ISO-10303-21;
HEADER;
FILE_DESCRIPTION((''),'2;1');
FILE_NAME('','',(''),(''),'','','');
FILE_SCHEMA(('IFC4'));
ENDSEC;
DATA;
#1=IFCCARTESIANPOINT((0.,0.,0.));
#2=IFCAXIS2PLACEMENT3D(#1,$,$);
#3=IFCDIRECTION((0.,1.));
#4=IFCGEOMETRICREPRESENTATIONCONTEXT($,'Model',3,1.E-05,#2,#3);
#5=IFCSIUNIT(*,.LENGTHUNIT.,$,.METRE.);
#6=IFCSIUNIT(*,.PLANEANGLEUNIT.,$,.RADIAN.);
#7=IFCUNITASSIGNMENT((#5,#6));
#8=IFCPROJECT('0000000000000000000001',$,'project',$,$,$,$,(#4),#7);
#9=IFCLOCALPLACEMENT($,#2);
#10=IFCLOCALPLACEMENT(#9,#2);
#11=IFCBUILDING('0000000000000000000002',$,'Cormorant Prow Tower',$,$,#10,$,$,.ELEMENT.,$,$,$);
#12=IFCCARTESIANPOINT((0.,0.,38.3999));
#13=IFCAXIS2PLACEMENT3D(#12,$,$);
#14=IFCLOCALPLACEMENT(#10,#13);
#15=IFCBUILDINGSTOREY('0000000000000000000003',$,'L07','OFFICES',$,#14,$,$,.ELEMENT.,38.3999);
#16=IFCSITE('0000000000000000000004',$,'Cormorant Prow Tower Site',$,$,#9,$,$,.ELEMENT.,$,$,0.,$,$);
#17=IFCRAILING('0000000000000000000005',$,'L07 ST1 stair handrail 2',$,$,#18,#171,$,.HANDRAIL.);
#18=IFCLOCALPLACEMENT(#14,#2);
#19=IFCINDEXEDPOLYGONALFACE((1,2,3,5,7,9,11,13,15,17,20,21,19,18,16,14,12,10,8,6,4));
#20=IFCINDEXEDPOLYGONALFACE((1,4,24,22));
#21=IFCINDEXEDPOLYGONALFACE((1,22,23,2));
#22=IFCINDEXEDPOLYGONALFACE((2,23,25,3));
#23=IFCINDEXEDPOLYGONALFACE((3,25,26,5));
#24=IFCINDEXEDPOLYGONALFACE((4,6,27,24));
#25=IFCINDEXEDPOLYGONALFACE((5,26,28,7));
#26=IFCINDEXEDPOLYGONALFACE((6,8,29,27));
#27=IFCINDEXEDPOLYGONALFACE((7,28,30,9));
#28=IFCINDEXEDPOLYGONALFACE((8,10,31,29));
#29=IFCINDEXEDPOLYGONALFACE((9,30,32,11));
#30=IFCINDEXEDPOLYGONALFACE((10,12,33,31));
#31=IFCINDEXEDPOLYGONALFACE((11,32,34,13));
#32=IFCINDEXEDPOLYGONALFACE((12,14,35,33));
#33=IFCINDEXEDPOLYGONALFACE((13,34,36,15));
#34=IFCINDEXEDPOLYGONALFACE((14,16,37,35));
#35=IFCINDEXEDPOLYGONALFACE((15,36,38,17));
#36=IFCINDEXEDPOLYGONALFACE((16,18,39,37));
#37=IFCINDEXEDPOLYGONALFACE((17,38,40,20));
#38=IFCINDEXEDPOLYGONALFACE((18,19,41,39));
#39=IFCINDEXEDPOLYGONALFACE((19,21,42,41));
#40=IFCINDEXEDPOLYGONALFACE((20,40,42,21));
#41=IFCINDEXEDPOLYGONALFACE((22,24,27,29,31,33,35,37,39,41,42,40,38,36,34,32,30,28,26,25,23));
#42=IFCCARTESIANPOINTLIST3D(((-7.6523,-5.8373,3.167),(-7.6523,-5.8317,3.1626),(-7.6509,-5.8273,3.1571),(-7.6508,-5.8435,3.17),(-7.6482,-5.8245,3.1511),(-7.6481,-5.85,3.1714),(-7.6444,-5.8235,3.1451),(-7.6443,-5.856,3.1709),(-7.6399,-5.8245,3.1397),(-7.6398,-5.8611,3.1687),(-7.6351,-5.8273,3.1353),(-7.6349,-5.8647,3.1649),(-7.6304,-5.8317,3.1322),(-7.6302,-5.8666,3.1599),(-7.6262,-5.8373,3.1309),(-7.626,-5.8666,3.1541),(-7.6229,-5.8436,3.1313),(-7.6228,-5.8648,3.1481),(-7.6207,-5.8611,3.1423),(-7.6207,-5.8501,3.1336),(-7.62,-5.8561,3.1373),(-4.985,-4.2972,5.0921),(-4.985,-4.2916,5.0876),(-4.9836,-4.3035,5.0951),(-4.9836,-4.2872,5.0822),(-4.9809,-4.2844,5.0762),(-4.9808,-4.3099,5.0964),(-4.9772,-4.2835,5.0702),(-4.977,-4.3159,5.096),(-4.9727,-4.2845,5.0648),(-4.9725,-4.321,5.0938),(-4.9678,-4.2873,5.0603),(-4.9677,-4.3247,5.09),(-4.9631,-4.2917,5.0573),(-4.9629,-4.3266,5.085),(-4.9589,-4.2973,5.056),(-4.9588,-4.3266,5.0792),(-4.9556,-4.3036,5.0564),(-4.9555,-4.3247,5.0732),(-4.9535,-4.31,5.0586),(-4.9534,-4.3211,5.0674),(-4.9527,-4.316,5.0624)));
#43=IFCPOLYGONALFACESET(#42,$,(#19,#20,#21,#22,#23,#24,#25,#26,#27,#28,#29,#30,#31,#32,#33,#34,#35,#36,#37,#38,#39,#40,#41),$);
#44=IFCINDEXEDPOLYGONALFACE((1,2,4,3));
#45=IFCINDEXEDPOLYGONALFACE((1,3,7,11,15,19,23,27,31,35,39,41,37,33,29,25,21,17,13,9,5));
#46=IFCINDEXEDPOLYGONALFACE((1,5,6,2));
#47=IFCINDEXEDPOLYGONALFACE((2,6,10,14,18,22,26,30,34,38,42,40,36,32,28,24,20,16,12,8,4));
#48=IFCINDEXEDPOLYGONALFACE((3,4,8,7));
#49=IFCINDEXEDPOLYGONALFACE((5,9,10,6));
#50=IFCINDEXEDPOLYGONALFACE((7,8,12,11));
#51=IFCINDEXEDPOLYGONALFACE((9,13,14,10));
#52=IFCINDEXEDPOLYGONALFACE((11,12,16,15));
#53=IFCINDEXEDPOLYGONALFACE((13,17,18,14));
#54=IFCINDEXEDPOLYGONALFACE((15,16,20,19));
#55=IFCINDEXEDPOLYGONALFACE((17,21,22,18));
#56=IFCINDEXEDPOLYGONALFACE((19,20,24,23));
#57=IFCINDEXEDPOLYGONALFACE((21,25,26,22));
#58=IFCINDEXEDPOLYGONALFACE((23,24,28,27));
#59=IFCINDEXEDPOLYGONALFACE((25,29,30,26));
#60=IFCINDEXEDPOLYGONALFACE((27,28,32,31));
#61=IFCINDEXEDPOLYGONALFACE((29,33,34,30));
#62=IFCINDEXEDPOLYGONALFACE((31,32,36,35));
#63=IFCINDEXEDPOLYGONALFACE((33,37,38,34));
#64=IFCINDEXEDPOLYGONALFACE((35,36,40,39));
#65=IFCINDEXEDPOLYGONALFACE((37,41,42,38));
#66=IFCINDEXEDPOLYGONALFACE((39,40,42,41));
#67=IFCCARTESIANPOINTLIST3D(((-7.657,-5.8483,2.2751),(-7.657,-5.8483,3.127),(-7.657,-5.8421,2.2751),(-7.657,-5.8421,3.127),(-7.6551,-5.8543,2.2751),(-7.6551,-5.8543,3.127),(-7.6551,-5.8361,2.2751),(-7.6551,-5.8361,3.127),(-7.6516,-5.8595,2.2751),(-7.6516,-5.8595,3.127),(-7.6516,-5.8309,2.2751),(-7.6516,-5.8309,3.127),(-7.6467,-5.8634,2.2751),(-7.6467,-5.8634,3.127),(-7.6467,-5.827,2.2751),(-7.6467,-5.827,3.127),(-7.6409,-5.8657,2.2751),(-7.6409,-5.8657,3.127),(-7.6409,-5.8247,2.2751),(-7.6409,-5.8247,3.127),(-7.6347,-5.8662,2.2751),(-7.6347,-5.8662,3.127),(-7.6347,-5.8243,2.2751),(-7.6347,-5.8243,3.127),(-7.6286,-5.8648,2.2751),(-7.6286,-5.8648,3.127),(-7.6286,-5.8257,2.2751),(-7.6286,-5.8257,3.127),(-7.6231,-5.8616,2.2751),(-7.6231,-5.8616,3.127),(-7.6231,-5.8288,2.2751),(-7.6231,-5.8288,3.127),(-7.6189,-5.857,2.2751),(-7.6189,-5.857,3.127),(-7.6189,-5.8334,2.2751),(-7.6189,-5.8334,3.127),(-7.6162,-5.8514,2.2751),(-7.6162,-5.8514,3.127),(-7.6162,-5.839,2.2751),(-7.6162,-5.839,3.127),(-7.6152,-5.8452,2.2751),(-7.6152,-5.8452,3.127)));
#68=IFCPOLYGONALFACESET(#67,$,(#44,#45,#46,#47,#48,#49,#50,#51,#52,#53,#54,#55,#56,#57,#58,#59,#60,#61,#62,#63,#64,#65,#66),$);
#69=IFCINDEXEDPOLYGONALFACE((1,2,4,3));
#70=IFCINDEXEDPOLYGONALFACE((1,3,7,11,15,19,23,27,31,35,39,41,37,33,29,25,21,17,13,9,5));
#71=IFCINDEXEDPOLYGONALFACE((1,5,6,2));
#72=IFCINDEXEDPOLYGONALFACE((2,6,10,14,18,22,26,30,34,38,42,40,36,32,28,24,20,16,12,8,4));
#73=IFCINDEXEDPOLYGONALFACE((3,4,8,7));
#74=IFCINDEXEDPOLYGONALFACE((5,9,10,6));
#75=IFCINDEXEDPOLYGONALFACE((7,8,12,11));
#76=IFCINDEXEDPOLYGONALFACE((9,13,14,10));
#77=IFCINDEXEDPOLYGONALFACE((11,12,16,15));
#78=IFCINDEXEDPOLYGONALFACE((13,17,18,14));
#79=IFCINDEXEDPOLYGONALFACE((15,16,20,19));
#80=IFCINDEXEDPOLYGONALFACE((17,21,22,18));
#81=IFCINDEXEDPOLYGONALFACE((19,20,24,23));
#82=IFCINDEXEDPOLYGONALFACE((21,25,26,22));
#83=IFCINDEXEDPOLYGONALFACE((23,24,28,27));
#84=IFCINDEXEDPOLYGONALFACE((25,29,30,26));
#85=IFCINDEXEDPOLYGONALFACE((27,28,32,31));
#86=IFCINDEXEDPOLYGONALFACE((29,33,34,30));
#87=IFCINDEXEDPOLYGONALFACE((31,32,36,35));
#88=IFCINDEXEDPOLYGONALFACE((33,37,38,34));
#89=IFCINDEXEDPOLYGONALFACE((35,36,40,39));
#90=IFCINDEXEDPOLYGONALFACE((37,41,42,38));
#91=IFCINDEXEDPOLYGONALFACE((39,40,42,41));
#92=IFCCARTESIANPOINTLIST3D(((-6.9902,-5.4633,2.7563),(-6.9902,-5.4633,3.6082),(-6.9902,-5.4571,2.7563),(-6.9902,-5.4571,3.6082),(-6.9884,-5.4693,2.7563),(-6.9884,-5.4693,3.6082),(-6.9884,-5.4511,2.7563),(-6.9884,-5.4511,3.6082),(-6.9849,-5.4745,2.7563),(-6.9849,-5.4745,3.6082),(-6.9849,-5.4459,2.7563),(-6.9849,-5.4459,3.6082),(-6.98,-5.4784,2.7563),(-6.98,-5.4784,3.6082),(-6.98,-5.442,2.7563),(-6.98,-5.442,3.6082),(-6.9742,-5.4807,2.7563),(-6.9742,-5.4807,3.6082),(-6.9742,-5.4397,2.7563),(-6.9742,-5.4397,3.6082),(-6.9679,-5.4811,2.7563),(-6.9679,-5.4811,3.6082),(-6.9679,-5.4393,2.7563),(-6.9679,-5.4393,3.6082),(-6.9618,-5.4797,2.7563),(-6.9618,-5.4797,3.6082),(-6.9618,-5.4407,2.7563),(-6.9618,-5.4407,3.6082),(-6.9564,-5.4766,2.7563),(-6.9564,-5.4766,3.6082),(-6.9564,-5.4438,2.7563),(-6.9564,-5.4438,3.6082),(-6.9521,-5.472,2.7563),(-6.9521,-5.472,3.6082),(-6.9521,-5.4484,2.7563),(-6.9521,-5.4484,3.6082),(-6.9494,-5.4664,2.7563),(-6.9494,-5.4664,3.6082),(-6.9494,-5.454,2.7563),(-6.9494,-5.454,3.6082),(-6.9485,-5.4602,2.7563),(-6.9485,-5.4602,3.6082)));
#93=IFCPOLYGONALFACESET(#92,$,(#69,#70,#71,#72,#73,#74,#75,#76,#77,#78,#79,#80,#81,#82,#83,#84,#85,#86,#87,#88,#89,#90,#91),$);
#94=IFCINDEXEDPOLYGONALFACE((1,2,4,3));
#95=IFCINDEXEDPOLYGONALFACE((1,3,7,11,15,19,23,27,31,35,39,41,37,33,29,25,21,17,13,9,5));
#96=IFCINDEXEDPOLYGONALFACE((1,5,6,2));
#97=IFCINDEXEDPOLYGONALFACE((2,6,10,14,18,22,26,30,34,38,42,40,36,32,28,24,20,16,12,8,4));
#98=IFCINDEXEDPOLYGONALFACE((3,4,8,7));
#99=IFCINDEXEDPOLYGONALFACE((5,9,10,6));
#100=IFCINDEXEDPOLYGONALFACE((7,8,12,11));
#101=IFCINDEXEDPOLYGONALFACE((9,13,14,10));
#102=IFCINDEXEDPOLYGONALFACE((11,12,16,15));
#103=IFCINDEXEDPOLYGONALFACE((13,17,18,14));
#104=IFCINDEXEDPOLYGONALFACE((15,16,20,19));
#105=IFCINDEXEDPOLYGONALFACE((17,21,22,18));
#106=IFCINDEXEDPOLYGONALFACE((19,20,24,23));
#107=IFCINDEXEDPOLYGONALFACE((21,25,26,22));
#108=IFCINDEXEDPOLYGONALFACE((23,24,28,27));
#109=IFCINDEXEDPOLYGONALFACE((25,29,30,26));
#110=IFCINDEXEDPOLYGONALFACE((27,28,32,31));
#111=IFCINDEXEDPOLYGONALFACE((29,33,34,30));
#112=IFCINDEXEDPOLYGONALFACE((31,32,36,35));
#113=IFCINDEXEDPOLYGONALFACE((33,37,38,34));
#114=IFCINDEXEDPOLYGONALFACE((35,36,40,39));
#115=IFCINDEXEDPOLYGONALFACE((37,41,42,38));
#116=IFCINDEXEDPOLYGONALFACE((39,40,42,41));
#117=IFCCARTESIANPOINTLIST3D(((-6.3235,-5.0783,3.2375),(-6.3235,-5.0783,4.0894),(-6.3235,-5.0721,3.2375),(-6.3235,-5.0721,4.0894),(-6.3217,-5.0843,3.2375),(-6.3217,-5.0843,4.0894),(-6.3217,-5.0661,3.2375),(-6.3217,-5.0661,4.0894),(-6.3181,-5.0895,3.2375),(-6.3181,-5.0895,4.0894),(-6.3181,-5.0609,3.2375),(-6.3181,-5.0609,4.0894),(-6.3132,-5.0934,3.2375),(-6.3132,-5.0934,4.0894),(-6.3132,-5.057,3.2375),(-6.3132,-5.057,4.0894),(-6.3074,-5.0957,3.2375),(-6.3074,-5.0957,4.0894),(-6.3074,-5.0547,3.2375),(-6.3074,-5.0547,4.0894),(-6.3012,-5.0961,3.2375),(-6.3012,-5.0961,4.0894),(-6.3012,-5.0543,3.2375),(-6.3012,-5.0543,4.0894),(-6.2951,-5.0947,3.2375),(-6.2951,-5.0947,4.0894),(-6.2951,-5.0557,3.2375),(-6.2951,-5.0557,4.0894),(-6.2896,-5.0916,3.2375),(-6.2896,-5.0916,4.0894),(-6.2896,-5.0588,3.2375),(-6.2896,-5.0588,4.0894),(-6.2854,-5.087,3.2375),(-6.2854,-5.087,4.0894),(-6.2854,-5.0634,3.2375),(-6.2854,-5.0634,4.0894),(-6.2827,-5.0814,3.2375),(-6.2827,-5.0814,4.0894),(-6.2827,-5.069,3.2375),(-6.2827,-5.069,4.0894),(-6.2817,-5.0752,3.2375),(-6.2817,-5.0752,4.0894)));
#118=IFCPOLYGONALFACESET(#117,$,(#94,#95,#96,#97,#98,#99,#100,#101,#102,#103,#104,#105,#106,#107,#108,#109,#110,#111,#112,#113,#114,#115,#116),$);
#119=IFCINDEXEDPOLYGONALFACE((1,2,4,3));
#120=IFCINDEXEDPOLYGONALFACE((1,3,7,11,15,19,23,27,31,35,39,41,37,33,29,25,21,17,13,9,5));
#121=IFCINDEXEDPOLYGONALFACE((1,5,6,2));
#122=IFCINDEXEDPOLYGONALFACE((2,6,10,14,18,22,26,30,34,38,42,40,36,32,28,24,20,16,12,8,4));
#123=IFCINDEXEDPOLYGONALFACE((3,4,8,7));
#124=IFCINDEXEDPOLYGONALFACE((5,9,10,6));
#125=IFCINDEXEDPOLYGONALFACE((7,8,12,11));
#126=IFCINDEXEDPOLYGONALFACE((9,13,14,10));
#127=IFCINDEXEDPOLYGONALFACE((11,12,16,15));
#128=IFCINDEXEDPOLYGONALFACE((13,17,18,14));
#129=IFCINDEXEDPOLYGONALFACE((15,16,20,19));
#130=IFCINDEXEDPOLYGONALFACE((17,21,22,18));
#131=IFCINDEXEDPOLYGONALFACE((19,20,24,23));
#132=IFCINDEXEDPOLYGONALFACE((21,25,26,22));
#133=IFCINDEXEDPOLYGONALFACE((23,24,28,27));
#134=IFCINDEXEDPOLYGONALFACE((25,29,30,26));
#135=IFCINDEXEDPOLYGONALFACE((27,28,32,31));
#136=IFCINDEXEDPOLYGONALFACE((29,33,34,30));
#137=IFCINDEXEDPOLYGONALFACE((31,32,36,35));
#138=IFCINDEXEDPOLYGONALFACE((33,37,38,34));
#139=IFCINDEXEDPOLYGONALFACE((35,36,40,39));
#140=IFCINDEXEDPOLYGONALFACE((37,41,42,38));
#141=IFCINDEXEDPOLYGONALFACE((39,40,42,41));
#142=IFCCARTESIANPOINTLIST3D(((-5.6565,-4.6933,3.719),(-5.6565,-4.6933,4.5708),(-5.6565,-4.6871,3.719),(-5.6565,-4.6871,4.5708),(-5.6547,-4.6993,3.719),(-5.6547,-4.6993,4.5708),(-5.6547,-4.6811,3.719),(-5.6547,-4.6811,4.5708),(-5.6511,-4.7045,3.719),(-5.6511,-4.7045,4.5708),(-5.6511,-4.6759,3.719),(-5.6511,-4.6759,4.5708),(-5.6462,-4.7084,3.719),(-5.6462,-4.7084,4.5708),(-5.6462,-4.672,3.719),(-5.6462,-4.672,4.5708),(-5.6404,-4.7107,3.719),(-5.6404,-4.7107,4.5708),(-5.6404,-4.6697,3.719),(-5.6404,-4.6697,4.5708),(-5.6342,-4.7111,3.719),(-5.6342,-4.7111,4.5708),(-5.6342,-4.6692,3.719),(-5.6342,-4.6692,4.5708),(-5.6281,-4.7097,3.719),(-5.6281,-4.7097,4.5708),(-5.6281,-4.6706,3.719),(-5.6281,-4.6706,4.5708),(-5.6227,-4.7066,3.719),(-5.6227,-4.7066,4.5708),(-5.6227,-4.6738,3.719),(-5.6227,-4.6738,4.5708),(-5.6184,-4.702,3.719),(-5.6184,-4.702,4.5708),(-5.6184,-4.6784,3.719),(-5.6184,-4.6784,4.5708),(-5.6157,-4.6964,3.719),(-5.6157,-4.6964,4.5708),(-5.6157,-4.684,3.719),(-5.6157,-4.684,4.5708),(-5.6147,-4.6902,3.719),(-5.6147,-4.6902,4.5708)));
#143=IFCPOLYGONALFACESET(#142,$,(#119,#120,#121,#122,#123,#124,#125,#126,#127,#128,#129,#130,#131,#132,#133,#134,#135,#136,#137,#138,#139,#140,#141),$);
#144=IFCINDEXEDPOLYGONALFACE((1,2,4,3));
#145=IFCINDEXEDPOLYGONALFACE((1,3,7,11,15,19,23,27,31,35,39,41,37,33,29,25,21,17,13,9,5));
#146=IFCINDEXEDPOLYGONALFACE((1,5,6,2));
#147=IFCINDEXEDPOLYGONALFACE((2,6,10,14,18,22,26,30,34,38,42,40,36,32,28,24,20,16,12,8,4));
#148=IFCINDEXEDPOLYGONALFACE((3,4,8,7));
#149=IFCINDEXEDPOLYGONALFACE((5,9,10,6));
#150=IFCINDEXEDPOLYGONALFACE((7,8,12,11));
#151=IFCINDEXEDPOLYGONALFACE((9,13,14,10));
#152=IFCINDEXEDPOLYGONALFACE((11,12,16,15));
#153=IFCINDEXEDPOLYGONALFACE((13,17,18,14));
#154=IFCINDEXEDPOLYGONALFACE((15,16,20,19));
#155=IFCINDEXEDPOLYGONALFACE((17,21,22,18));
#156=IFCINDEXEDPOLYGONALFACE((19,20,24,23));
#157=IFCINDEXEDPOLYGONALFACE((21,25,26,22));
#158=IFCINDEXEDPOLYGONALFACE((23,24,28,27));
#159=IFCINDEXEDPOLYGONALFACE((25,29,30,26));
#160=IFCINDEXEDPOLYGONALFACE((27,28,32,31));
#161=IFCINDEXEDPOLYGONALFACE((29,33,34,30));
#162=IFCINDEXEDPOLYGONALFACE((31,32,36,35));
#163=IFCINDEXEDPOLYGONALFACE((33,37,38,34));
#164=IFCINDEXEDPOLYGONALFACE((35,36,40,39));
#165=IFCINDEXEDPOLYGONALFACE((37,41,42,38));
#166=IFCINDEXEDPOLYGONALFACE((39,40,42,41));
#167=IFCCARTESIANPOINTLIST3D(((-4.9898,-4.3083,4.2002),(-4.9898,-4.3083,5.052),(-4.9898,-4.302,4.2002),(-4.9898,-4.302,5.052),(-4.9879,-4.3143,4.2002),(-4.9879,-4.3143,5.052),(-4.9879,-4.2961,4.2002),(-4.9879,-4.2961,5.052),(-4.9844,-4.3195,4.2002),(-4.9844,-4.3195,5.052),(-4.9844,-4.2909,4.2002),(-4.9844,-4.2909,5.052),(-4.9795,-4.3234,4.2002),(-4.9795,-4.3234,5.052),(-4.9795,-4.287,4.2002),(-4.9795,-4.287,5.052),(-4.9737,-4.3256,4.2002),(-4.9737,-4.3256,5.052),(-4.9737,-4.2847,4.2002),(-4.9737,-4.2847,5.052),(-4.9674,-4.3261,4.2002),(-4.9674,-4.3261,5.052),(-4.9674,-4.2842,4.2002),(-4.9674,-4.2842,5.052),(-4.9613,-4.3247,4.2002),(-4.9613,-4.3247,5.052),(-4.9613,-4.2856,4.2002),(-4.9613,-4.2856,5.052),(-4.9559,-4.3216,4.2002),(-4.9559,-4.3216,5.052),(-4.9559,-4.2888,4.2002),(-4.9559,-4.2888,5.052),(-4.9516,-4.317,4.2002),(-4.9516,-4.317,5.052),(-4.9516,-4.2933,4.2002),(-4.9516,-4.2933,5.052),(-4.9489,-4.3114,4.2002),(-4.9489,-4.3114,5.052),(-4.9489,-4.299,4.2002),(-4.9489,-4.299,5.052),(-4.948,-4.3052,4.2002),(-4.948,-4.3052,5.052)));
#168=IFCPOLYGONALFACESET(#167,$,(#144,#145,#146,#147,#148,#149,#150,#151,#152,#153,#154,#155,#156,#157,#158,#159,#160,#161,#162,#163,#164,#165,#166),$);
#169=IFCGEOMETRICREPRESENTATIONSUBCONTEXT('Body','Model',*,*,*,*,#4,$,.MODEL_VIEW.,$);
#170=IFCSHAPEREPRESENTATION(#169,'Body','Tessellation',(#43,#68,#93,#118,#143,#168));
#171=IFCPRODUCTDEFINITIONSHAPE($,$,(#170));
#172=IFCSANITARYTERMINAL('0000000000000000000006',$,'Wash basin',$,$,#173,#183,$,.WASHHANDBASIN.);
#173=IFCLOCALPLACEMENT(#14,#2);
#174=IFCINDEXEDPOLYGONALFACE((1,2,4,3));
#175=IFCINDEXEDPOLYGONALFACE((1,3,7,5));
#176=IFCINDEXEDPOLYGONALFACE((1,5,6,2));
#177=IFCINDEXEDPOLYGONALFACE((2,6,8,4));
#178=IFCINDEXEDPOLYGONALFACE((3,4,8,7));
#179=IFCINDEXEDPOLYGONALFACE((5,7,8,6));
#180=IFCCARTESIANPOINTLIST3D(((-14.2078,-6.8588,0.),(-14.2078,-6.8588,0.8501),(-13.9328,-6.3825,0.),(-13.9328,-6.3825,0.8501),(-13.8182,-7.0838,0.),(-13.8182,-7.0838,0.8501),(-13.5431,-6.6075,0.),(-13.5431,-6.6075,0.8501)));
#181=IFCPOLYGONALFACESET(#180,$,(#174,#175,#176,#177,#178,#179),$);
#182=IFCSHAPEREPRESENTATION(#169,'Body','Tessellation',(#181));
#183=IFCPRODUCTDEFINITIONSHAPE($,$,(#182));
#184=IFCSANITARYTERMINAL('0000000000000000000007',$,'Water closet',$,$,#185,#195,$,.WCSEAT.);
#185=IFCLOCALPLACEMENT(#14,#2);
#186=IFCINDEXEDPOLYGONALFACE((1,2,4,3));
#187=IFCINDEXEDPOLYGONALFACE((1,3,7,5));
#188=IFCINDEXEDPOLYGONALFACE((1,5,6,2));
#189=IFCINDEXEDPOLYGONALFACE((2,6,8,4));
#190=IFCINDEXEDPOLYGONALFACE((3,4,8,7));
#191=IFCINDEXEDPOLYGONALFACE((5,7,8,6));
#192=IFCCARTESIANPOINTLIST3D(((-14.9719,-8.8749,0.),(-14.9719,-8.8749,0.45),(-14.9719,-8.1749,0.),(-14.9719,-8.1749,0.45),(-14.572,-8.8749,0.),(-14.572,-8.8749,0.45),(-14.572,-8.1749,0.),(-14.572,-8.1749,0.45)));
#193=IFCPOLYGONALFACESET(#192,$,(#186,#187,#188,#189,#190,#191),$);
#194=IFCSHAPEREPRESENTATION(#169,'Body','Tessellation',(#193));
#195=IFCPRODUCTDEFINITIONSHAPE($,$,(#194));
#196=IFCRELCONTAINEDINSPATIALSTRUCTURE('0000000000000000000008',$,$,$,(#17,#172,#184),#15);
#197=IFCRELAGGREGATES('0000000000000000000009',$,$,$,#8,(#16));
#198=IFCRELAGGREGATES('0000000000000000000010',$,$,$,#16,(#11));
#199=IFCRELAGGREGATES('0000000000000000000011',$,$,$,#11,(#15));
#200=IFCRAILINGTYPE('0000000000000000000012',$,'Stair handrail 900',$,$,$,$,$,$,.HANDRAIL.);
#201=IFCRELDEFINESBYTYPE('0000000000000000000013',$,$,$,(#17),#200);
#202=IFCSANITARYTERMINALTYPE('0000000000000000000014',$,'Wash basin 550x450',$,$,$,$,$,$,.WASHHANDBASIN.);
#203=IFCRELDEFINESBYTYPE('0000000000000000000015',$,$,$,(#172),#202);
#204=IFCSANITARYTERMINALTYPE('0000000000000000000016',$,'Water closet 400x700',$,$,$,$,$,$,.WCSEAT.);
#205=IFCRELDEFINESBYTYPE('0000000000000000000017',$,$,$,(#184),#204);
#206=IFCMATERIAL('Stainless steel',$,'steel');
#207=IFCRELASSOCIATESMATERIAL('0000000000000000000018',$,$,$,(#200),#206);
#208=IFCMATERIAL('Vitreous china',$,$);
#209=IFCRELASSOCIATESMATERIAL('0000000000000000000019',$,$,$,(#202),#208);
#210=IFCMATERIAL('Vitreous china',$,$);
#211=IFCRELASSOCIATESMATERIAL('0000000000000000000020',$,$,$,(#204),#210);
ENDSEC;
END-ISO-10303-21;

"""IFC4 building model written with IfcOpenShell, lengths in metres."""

from ifc_helpers import new_model, si_unit, direction, frame, origin, origin_2d, place, context, subcontext, project, spatial, rectangle, circle, extrude, material, type_object, element, save


model = new_model("IFC4")

# Units and contexts
model_context = context("Model", 3, precision=1e-05, world=origin(), true_north=direction((0.0, 1.0)))
body_context = subcontext(model_context, "Body", "Model", "MODEL_VIEW")
ifc_project = project(units=[si_unit("LENGTHUNIT", "METRE"), si_unit("PLANEANGLEUNIT", "RADIAN")], contexts=[model_context])

# Site, building, storey
site_placement = place(None, origin())
site = spatial("IfcSite", under=ifc_project, at=site_placement, Name="Cormorant Prow Tower Site", CompositionType="ELEMENT", RefElevation=0.0)
building_placement = place(site_placement, origin())
building = spatial("IfcBuilding", under=site, at=building_placement, Name="Cormorant Prow Tower", CompositionType="ELEMENT")
storey_placement = place(building_placement, frame((0.0, 0.0, 38.3999)))
storey = spatial("IfcBuildingStorey", under=building, at=storey_placement, Name="L07", Description="OFFICES", CompositionType="ELEMENT", Elevation=38.3999)

# Railing
ifc_material_1 = material(Name="Stainless steel", Category="steel")
railing_type_1 = type_object("IfcRailingType", Name="Stair handrail 900", PredefinedType="HANDRAIL", material=ifc_material_1)
railing_1_placement = place(storey_placement, frame((-7.6362, -5.8452, 2.2751)))
element("IfcRailing", 1, at=railing_1_placement, inside=storey, type_object=railing_type_1, Name="L07 ST1 stair handrail 2", PredefinedType="HANDRAIL", context=body_context, shape_type="SweptSolid", body=[
    extrude(circle(Radius=0.0239, at=origin_2d()), frame((0.0, 0.0, 0.876), z_axis=(0.734364, 0.424015, 0.530019), x_axis=(-0.500027, 0.86601, 0.0)), (0.0, 0.0, 1.0), 3.6321),
    extrude(circle(Radius=0.021, at=origin_2d()), origin(), (0.0, 0.0, 1.0), 0.8518),
    extrude(circle(Radius=0.021, at=origin_2d()), frame((0.6667, 0.385, 0.4812)), (0.0, 0.0, 1.0), 0.8518),
    extrude(circle(Radius=0.021, at=origin_2d()), frame((1.3335, 0.77, 0.9624)), (0.0, 0.0, 1.0), 0.8518),
    extrude(circle(Radius=0.021, at=origin_2d()), frame((2.0005, 1.155, 1.4438)), (0.0, 0.0, 1.0), 0.8518),
    extrude(circle(Radius=0.021, at=origin_2d()), frame((2.6672, 1.54, 1.925)), (0.0, 0.0, 1.0), 0.8518),
])

# Sanitary terminals
ifc_material_2 = material(Name="Vitreous china")
sanitary_terminal_type_1 = type_object("IfcSanitaryTerminalType", Name="Wash basin 550x450", PredefinedType="WASHHANDBASIN", material=ifc_material_2)
sanitary_terminal_1_placement = place(storey_placement, frame((-13.8755, -6.7332, 0.0), z_axis=(0.0, 0.0, 1.0), x_axis=(-0.5, -0.866025, 0.0)))
element("IfcSanitaryTerminal", 2, at=sanitary_terminal_1_placement, inside=storey, type_object=sanitary_terminal_type_1, Name="Wash basin", PredefinedType="WASHHANDBASIN", context=body_context, shape_type="SweptSolid", body=[
    extrude(rectangle(XDim=0.55, YDim=0.45, at=origin_2d()), origin(), (0.0, 0.0, 1.0), 0.8501),
])
ifc_material_3 = material(Name="Vitreous china")
sanitary_terminal_type_2 = type_object("IfcSanitaryTerminalType", Name="Water closet 400x700", PredefinedType="WCSEAT", material=ifc_material_3)
sanitary_terminal_2_placement = place(storey_placement, frame((-14.772, -8.5249, 0.0), z_axis=(0.0, 0.0, 1.0), x_axis=(1.0, 0.0, 0.0)))
element("IfcSanitaryTerminal", 3, at=sanitary_terminal_2_placement, inside=storey, type_object=sanitary_terminal_type_2, Name="Water closet", PredefinedType="WCSEAT", context=body_context, shape_type="SweptSolid", body=[
    extrude(rectangle(XDim=0.3999, YDim=0.7, at=origin_2d()), origin(), (0.0, 0.0, 1.0), 0.45),
])

save(model, "model.ifc")
